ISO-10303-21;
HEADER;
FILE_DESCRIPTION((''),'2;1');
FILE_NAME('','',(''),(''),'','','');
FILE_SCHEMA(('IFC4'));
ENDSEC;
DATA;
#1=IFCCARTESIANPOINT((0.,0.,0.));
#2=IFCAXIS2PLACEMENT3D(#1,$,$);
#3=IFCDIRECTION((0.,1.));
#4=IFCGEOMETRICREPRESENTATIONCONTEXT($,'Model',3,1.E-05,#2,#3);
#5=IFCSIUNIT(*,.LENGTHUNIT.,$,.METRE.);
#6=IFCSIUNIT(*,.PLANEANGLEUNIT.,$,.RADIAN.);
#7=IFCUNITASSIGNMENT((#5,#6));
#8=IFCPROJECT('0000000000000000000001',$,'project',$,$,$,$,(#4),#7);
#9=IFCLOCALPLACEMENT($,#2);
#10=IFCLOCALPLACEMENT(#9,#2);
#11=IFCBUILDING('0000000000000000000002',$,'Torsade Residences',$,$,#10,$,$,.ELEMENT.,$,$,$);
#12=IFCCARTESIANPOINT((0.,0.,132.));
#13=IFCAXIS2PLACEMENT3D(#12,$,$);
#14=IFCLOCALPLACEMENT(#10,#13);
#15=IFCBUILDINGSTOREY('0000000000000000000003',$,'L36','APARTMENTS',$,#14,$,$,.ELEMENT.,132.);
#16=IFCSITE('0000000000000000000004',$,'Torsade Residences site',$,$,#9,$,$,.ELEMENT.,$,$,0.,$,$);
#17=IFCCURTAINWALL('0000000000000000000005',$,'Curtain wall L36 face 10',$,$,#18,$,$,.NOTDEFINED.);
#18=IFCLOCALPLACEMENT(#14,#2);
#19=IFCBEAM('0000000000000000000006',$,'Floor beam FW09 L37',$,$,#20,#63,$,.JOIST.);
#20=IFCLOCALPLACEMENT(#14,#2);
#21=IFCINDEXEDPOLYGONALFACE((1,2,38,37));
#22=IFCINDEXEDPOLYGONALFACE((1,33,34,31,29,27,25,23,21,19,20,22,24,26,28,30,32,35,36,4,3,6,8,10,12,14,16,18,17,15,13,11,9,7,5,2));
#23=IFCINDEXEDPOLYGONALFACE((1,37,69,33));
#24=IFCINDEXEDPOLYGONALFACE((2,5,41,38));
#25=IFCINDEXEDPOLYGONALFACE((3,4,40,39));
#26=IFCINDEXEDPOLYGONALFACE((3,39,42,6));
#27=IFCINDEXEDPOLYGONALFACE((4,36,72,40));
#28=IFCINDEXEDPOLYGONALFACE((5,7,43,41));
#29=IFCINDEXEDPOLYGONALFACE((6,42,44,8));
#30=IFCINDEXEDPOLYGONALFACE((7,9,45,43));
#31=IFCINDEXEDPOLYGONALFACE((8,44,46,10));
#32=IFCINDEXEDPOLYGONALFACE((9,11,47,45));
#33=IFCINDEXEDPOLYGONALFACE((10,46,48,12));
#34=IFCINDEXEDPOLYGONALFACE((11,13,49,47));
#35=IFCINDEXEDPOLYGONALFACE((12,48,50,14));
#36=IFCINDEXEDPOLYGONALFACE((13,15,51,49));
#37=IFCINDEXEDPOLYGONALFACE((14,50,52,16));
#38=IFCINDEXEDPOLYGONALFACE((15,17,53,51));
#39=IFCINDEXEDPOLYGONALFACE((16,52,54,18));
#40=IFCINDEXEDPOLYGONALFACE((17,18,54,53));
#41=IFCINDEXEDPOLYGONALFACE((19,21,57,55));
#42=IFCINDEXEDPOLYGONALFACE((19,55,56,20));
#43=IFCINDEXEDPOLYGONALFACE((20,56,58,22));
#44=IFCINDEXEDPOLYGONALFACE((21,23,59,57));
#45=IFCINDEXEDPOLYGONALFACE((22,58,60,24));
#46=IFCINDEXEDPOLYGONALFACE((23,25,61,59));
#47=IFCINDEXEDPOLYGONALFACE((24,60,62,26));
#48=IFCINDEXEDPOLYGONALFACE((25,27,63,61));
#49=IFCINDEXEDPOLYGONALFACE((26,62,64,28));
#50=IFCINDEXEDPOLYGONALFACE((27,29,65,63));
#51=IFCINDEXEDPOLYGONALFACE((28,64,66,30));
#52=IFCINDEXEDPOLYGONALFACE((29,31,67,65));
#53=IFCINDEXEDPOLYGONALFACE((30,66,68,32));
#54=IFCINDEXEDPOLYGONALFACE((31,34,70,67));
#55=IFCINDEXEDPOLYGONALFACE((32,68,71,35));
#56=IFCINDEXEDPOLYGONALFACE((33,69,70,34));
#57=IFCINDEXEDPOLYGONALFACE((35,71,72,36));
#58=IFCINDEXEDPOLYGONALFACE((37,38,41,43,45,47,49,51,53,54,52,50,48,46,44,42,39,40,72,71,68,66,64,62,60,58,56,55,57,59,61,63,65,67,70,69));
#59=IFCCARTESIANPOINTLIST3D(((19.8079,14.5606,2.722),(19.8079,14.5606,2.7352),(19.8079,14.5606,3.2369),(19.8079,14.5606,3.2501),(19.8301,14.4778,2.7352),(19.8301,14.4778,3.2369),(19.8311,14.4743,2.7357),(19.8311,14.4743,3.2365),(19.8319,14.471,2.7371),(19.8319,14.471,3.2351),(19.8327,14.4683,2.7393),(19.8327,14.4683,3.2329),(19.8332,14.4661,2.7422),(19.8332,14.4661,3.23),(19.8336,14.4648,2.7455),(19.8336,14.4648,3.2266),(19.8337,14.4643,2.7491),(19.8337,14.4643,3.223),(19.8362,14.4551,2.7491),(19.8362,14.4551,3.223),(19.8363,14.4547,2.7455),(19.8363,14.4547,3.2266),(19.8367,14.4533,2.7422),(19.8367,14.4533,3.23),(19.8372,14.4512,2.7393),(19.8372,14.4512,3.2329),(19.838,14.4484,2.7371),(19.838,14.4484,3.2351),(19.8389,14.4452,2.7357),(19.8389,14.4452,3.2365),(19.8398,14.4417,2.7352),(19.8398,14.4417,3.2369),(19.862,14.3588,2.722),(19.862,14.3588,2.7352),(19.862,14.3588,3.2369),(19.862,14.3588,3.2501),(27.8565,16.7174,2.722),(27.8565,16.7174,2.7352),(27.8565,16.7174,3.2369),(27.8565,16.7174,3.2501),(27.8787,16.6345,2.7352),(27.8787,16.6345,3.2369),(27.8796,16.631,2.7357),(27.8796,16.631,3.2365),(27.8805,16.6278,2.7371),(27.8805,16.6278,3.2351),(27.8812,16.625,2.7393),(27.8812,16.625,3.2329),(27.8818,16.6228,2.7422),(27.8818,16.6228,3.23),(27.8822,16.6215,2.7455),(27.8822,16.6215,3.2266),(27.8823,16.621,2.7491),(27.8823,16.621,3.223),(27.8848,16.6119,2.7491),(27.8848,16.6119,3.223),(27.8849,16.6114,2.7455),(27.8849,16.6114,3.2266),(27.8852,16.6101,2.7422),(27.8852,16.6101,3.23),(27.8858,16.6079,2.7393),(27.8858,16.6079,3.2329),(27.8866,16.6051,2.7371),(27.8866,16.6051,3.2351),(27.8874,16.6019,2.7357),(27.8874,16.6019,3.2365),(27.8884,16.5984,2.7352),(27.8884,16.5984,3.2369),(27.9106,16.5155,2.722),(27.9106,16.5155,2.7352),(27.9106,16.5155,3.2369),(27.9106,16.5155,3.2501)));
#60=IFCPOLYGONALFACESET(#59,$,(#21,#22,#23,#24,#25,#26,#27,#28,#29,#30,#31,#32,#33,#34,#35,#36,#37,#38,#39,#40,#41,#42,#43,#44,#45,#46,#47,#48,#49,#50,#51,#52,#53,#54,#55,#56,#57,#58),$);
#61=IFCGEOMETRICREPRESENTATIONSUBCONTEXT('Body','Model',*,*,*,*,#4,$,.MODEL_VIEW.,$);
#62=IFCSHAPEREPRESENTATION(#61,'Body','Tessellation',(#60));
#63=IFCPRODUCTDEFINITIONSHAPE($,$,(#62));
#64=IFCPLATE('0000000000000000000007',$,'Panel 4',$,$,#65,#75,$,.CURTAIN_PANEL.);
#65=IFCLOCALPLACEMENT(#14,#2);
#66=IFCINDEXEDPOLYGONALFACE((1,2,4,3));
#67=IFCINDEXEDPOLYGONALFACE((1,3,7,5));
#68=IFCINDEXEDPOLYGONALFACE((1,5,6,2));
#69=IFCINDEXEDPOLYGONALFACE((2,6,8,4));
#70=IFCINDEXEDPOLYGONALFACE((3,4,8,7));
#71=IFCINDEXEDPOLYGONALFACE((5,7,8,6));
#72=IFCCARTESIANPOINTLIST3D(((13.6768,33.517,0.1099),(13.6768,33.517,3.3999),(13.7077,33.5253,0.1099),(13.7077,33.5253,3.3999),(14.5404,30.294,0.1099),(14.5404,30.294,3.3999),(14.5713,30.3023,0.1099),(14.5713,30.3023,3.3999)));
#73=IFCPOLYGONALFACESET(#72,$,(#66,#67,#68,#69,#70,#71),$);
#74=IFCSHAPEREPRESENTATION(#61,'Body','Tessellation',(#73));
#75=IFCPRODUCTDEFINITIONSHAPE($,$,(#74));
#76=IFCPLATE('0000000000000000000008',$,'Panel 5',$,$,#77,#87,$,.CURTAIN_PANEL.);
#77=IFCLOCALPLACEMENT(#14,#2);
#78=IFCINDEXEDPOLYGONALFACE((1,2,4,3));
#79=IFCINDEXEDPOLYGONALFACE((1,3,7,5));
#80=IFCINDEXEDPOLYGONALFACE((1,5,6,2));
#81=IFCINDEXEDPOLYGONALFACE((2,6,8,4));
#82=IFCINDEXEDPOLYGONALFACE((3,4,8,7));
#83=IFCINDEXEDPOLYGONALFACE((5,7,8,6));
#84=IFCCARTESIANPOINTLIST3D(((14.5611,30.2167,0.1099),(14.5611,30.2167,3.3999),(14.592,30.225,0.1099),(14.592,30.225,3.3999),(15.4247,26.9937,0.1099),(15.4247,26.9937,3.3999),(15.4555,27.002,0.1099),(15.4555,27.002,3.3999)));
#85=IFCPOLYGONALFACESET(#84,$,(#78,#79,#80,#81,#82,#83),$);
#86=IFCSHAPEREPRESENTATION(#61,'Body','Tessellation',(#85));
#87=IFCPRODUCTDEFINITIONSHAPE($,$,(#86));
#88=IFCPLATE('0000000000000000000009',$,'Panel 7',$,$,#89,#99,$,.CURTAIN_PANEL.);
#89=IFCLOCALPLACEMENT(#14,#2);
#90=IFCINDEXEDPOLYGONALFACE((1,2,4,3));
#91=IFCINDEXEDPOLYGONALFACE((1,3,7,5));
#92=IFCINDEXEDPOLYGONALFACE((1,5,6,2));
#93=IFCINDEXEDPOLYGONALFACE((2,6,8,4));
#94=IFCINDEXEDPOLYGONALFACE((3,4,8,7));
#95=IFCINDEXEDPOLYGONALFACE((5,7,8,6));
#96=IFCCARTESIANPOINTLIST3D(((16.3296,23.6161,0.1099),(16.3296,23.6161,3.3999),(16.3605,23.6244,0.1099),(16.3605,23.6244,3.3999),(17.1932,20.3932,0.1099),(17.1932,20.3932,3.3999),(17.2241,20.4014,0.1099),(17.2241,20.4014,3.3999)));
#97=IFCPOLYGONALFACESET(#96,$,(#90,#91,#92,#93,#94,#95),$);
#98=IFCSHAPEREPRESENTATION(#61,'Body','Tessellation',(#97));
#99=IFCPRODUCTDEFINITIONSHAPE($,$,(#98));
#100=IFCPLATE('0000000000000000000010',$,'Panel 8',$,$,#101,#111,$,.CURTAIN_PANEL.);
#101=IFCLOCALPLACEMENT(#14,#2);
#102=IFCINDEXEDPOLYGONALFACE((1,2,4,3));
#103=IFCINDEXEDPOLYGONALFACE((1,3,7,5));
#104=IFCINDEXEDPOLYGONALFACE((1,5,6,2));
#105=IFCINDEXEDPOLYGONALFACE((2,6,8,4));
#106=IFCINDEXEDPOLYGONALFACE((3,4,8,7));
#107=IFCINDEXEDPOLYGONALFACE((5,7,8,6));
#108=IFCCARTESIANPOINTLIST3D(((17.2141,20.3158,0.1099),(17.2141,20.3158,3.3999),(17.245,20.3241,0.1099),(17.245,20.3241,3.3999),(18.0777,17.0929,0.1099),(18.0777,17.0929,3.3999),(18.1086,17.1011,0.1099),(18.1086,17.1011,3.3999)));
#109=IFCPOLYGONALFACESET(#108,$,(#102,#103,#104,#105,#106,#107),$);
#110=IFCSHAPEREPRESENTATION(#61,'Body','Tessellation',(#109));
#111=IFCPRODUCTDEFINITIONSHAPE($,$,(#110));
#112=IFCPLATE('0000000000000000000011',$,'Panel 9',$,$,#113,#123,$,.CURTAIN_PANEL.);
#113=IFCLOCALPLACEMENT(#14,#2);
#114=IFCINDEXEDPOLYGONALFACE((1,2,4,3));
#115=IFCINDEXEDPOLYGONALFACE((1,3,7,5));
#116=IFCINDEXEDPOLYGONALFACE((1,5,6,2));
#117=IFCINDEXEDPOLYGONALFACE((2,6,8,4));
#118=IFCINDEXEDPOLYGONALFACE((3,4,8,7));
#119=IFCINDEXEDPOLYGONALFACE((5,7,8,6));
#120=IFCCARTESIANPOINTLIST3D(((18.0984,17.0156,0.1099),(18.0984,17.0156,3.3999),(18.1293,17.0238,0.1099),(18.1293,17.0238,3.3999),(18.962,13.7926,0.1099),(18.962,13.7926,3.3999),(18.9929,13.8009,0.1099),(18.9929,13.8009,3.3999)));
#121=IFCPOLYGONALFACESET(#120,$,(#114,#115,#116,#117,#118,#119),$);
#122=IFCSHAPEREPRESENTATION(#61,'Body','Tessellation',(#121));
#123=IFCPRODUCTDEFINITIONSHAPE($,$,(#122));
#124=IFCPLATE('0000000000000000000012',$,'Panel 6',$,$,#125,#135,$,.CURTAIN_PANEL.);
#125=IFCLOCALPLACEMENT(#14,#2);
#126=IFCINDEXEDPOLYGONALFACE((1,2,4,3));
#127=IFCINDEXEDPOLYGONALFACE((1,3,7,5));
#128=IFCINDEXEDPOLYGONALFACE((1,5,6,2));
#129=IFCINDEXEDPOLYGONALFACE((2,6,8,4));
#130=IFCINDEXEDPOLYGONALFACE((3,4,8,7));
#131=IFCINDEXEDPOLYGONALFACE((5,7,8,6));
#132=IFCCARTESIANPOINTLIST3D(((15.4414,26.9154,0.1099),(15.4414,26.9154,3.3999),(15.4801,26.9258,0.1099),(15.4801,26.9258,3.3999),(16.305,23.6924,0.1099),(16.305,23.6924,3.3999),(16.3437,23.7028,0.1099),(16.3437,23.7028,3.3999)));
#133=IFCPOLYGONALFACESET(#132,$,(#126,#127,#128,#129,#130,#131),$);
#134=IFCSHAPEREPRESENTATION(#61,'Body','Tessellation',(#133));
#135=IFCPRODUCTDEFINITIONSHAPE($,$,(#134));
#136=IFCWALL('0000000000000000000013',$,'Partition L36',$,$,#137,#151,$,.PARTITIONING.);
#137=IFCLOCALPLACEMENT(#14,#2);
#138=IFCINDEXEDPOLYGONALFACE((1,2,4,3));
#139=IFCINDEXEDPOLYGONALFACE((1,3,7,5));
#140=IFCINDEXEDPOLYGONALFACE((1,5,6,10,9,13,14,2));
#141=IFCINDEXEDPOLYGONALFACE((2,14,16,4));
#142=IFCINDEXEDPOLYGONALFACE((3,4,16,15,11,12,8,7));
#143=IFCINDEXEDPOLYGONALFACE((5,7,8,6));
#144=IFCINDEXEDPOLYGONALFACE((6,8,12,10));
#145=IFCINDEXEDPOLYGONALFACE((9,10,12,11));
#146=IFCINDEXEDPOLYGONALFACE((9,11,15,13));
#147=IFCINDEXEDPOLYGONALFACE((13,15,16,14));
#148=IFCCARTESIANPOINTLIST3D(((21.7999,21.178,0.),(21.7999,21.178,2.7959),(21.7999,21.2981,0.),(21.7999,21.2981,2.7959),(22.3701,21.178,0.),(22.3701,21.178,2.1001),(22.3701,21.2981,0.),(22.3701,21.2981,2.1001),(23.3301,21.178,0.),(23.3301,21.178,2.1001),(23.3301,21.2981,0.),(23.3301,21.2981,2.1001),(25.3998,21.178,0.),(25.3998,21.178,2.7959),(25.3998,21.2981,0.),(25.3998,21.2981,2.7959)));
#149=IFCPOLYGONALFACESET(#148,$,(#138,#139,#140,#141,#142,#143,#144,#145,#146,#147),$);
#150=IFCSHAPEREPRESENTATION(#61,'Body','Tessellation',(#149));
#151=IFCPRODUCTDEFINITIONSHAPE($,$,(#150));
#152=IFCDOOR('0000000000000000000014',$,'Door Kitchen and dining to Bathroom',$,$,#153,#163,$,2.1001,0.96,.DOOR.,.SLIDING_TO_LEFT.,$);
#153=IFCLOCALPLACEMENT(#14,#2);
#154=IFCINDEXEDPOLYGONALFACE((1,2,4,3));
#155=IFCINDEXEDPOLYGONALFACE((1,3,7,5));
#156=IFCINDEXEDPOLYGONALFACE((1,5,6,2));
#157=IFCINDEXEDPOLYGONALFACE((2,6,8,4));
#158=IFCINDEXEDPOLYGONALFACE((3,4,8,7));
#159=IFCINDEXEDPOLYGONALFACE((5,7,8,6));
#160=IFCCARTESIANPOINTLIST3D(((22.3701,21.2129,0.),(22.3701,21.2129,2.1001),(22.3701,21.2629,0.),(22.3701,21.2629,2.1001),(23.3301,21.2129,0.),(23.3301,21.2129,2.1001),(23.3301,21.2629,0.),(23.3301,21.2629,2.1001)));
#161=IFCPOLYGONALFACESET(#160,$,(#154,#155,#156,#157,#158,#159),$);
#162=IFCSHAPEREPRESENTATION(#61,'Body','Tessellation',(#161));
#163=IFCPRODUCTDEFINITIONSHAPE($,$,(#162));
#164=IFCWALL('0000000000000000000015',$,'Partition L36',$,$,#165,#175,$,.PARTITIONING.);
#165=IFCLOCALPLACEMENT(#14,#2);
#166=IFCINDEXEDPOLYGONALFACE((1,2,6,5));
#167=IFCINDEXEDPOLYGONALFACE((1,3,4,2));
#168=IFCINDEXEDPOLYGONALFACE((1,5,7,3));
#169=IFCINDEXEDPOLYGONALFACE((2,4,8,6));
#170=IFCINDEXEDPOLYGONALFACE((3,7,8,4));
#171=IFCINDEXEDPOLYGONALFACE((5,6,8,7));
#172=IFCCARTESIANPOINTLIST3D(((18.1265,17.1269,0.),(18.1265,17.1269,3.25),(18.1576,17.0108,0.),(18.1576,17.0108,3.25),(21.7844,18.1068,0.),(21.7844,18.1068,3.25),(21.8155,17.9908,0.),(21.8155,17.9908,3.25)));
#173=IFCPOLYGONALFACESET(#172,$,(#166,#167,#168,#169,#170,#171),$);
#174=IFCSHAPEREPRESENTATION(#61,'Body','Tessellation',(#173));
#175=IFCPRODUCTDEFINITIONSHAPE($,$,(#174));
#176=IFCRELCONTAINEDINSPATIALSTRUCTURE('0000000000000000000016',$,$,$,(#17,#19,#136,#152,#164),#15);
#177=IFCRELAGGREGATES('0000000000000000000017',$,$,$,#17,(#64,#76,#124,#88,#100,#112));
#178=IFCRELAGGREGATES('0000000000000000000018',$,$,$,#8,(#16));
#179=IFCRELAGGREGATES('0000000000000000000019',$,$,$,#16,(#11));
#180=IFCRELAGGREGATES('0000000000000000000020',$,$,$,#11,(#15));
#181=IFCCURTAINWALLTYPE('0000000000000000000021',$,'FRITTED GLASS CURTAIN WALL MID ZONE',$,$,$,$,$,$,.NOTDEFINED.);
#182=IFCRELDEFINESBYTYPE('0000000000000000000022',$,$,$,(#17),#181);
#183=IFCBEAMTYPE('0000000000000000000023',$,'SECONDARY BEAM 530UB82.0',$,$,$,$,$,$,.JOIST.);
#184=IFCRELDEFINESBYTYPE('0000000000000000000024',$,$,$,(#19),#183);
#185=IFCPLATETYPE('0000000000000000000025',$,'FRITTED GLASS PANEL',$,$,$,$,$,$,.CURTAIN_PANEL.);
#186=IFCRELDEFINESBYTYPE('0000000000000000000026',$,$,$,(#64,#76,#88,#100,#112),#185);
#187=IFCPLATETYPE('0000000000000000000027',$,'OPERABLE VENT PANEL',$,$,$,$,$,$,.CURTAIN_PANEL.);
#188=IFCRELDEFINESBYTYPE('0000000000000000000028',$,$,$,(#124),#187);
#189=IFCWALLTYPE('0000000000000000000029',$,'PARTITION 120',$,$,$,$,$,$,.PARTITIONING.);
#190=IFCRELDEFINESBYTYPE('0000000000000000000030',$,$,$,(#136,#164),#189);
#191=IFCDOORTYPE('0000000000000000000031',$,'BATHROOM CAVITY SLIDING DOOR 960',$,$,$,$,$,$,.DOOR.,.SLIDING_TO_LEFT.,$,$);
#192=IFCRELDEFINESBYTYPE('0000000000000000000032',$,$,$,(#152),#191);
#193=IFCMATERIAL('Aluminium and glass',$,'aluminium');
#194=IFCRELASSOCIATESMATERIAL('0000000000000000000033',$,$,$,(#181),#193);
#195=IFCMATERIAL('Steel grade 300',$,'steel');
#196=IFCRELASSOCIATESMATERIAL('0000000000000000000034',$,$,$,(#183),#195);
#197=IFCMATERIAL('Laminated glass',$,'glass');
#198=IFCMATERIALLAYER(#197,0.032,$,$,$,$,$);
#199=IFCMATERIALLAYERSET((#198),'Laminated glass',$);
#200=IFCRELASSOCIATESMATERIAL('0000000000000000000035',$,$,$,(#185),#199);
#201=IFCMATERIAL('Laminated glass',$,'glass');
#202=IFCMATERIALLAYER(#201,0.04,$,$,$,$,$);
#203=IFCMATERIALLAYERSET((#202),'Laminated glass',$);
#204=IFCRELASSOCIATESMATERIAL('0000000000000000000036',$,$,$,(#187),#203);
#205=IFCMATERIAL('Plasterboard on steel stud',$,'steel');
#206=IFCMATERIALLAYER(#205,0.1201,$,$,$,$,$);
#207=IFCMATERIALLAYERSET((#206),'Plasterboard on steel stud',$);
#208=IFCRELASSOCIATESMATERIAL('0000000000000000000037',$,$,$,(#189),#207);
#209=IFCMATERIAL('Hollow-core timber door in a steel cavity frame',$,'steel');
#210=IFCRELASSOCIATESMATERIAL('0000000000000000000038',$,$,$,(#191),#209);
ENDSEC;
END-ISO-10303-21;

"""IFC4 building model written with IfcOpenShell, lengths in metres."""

from ifc_helpers import new_model, si_unit, direction, frame, frame_2d, origin, origin_2d, place, context, subcontext, project, spatial, rectangle, i_section, extrude, material, layer, layer_set, material_profile, profile_set, type_object, element, fill, aggregate, save


model = new_model("IFC4")

# Units and contexts
model_context = context("Model", 3, precision=1e-05, world=origin(), true_north=direction((0.0, 1.0)))
body_context = subcontext(model_context, "Body", "Model", "MODEL_VIEW")
ifc_project = project(units=[si_unit("LENGTHUNIT", "METRE"), si_unit("PLANEANGLEUNIT", "RADIAN")], contexts=[model_context])

# Site, building, storey
site_placement = place(None, origin())
site = spatial("IfcSite", under=ifc_project, at=site_placement, Name="Torsade Residences site", CompositionType="ELEMENT", RefElevation=0.0)
building_placement = place(site_placement, origin())
building = spatial("IfcBuilding", under=site, at=building_placement, Name="Torsade Residences", CompositionType="ELEMENT")
storey_placement = place(building_placement, frame((0.0, 0.0, 132.0)))
storey = spatial("IfcBuildingStorey", under=building, at=storey_placement, Name="L36", Description="APARTMENTS", CompositionType="ELEMENT", Elevation=132.0)

# Curtain wall
ifc_material_1 = material(Name="Aluminium and glass", Category="aluminium")
curtain_wall_type = type_object("IfcCurtainWallType", Name="FRITTED GLASS CURTAIN WALL MID ZONE", PredefinedType="NOTDEFINED", material=ifc_material_1)
curtain_wall_placement = place(storey_placement, origin())
curtain_wall = element("IfcCurtainWall", 1, at=curtain_wall_placement, inside=storey, type_object=curtain_wall_type, Name="Curtain wall L36 face 10", PredefinedType="NOTDEFINED")

# Beam
ifc_material_2 = material(Name="Steel grade 300", Category="steel")
ifc_material_profile_1 = material_profile(ifc_material_2, i_section(OverallWidth=0.209, OverallDepth=0.5281, WebThickness=0.0095, FlangeThickness=0.0132, FilletRadius=0.0139, at=origin_2d()), Name="530UB82.0")
ifc_profile_set_1 = profile_set([ifc_material_profile_1], Name="Steel grade 300")
beam_type_1 = type_object("IfcBeamType", Name="SECONDARY BEAM 530UB82.0", PredefinedType="JOIST", material=ifc_profile_set_1)
beam_1_placement = place(storey_placement, frame((19.835, 14.4597, 2.9861), z_axis=(0.965922, 0.258833, 0.0), x_axis=(-0.258833, 0.965922, 0.0)))
element("IfcBeam", 2, at=beam_1_placement, inside=storey, type_object=beam_type_1, Name="Floor beam FW09 L37", PredefinedType="JOIST", context=body_context, shape_type="SweptSolid", body=[
    extrude(i_section(OverallWidth=0.209, OverallDepth=0.5281, WebThickness=0.0095, FlangeThickness=0.0132, FilletRadius=0.0139, at=origin_2d()), origin(), (0.0, 0.0, 1.0), 8.3325),
])

# Plates
ifc_material_3 = material(Name="Laminated glass", Category="glass")
ifc_layer_1 = layer(ifc_material_3, 0.032)
ifc_layer_set_1 = layer_set([ifc_layer_1], Name="Laminated glass")
plate_type_1 = type_object("IfcPlateType", Name="FRITTED GLASS PANEL", PredefinedType="CURTAIN_PANEL", material=ifc_layer_set_1)
plate_1_placement = place(storey_placement, frame((14.124, 31.9097, 0.1099), z_axis=(0.0, 0.0, 1.0), x_axis=(0.258819, -0.965926, 0.0)))
plate_1 = element("IfcPlate", 3, at=plate_1_placement, type_object=plate_type_1, Name="Panel 4", PredefinedType="CURTAIN_PANEL", context=body_context, shape_type="SweptSolid", body=[
    extrude(rectangle(XDim=3.3367, YDim=0.032, at=origin_2d()), origin(), (0.0, 0.0, 1.0), 3.29),
])
plate_2_placement = place(storey_placement, frame((15.0083, 28.6094, 0.1099), z_axis=(0.0, 0.0, 1.0), x_axis=(0.258819, -0.965926, 0.0)))
plate_2 = element("IfcPlate", 4, at=plate_2_placement, type_object=plate_type_1, Name="Panel 5", PredefinedType="CURTAIN_PANEL", context=body_context, shape_type="SweptSolid", body=[
    extrude(rectangle(XDim=3.3367, YDim=0.032, at=origin_2d()), origin(), (0.0, 0.0, 1.0), 3.29),
])
plate_3_placement = place(storey_placement, frame((16.7769, 22.0088, 0.1099), z_axis=(0.0, 0.0, 1.0), x_axis=(0.258819, -0.965926, 0.0)))
plate_3 = element("IfcPlate", 5, at=plate_3_placement, type_object=plate_type_1, Name="Panel 7", PredefinedType="CURTAIN_PANEL", context=body_context, shape_type="SweptSolid", body=[
    extrude(rectangle(XDim=3.3367, YDim=0.032, at=origin_2d()), origin(), (0.0, 0.0, 1.0), 3.29),
])
plate_4_placement = place(storey_placement, frame((17.6614, 18.7085, 0.1099), z_axis=(0.0, 0.0, 1.0), x_axis=(0.258819, -0.965926, 0.0)))
plate_4 = element("IfcPlate", 6, at=plate_4_placement, type_object=plate_type_1, Name="Panel 8", PredefinedType="CURTAIN_PANEL", context=body_context, shape_type="SweptSolid", body=[
    extrude(rectangle(XDim=3.3367, YDim=0.032, at=origin_2d()), origin(), (0.0, 0.0, 1.0), 3.29),
])
plate_5_placement = place(storey_placement, frame((18.5457, 15.4082, 0.1099), z_axis=(0.0, 0.0, 1.0), x_axis=(0.258819, -0.965926, 0.0)))
plate_5 = element("IfcPlate", 7, at=plate_5_placement, type_object=plate_type_1, Name="Panel 9", PredefinedType="CURTAIN_PANEL", context=body_context, shape_type="SweptSolid", body=[
    extrude(rectangle(XDim=3.3367, YDim=0.032, at=origin_2d()), origin(), (0.0, 0.0, 1.0), 3.29),
])
ifc_material_4 = material(Name="Laminated glass", Category="glass")
ifc_layer_2 = layer(ifc_material_4, 0.04)
ifc_layer_set_2 = layer_set([ifc_layer_2], Name="Laminated glass")
plate_type_2 = type_object("IfcPlateType", Name="OPERABLE VENT PANEL", PredefinedType="CURTAIN_PANEL", material=ifc_layer_set_2)
plate_6_placement = place(storey_placement, frame((15.8926, 25.3091, 0.1099), z_axis=(0.0, 0.0, 1.0), x_axis=(0.258819, -0.965926, 0.0)))
plate_6 = element("IfcPlate", 8, at=plate_6_placement, type_object=plate_type_2, Name="Panel 6", PredefinedType="CURTAIN_PANEL", context=body_context, shape_type="SweptSolid", body=[
    extrude(rectangle(XDim=3.3367, YDim=0.04, at=origin_2d()), origin(), (0.0, 0.0, 1.0), 3.29),
])
aggregate(curtain_wall, [plate_1, plate_2, plate_6, plate_3, plate_4, plate_5])

# Wall, opening, door
ifc_material_5 = material(Name="Plasterboard on steel stud", Category="steel")
ifc_layer_3 = layer(ifc_material_5, 0.1201)
ifc_layer_set_3 = layer_set([ifc_layer_3], Name="Plasterboard on steel stud")
wall_type_1 = type_object("IfcWallType", Name="PARTITION 120", PredefinedType="PARTITIONING", material=ifc_layer_set_3)
wall_1_placement = place(storey_placement, frame((21.8, 21.238, 0.0), z_axis=(0.0, 0.0, 1.0), x_axis=(1.0, 0.0, 0.0)))
wall_1 = element("IfcWall", 9, at=wall_1_placement, inside=storey, type_object=wall_type_1, Name="Partition L36", PredefinedType="PARTITIONING", context=body_context, shape_type="SweptSolid", body=[
    extrude(rectangle(XDim=3.5999, YDim=0.1201, at=frame_2d((1.7998, 0.0))), origin(), (0.0, 0.0, 1.0), 2.7959),
])
opening_1_placement = place(wall_1_placement, frame((0.5701, 0.0, 0.0)))
opening_1 = element("IfcOpeningElement", 10, at=opening_1_placement, cuts=wall_1, PredefinedType="OPENING", context=body_context, shape_type="SweptSolid", body=[
    extrude(rectangle(XDim=0.96, YDim=2.1001, at=frame_2d((0.48, 1.05))), frame((0.0, 0.0701, 0.0), z_axis=(0.0, -1.0, 0.0), x_axis=(1.0, 0.0, 0.0)), (0.0, 0.0, 1.0), 0.1401),
])
ifc_material_6 = material(Name="Hollow-core timber door in a steel cavity frame", Category="steel")
door_type = type_object("IfcDoorType", Name="BATHROOM CAVITY SLIDING DOOR 960", OperationType="SLIDING_TO_LEFT", PredefinedType="DOOR", material=ifc_material_6)
door_1_placement = place(opening_1_placement, origin())
door_1 = element("IfcDoor", 11, at=door_1_placement, inside=storey, type_object=door_type, Name="Door Kitchen and dining to Bathroom", OperationType="SLIDING_TO_LEFT", OverallHeight=2.1001, OverallWidth=0.96, PredefinedType="DOOR", context=body_context, shape_type="SweptSolid", body=[
    extrude(rectangle(XDim=0.96, YDim=2.1001, at=frame_2d((0.48, 1.05))), frame((0.0, 0.0249, 0.0), z_axis=(0.0, -1.0, 0.0), x_axis=(1.0, 0.0, 0.0)), (0.0, 0.0, 1.0), 0.05),
])
fill(opening_1, door_1)

# Wall
wall_2_placement = place(storey_placement, frame((21.8, 18.0488, 0.0), z_axis=(0.0, 0.0, 1.0), x_axis=(-0.965937, -0.258778, 0.0)))
element("IfcWall", 12, at=wall_2_placement, inside=storey, type_object=wall_type_1, Name="Partition L36", PredefinedType="PARTITIONING", context=body_context, shape_type="SweptSolid", body=[
    extrude(rectangle(XDim=3.7869, YDim=0.1201, at=frame_2d((1.8936, 0.0))), origin(), (0.0, 0.0, 1.0), 3.25),
])

save(model, "model.ifc")
